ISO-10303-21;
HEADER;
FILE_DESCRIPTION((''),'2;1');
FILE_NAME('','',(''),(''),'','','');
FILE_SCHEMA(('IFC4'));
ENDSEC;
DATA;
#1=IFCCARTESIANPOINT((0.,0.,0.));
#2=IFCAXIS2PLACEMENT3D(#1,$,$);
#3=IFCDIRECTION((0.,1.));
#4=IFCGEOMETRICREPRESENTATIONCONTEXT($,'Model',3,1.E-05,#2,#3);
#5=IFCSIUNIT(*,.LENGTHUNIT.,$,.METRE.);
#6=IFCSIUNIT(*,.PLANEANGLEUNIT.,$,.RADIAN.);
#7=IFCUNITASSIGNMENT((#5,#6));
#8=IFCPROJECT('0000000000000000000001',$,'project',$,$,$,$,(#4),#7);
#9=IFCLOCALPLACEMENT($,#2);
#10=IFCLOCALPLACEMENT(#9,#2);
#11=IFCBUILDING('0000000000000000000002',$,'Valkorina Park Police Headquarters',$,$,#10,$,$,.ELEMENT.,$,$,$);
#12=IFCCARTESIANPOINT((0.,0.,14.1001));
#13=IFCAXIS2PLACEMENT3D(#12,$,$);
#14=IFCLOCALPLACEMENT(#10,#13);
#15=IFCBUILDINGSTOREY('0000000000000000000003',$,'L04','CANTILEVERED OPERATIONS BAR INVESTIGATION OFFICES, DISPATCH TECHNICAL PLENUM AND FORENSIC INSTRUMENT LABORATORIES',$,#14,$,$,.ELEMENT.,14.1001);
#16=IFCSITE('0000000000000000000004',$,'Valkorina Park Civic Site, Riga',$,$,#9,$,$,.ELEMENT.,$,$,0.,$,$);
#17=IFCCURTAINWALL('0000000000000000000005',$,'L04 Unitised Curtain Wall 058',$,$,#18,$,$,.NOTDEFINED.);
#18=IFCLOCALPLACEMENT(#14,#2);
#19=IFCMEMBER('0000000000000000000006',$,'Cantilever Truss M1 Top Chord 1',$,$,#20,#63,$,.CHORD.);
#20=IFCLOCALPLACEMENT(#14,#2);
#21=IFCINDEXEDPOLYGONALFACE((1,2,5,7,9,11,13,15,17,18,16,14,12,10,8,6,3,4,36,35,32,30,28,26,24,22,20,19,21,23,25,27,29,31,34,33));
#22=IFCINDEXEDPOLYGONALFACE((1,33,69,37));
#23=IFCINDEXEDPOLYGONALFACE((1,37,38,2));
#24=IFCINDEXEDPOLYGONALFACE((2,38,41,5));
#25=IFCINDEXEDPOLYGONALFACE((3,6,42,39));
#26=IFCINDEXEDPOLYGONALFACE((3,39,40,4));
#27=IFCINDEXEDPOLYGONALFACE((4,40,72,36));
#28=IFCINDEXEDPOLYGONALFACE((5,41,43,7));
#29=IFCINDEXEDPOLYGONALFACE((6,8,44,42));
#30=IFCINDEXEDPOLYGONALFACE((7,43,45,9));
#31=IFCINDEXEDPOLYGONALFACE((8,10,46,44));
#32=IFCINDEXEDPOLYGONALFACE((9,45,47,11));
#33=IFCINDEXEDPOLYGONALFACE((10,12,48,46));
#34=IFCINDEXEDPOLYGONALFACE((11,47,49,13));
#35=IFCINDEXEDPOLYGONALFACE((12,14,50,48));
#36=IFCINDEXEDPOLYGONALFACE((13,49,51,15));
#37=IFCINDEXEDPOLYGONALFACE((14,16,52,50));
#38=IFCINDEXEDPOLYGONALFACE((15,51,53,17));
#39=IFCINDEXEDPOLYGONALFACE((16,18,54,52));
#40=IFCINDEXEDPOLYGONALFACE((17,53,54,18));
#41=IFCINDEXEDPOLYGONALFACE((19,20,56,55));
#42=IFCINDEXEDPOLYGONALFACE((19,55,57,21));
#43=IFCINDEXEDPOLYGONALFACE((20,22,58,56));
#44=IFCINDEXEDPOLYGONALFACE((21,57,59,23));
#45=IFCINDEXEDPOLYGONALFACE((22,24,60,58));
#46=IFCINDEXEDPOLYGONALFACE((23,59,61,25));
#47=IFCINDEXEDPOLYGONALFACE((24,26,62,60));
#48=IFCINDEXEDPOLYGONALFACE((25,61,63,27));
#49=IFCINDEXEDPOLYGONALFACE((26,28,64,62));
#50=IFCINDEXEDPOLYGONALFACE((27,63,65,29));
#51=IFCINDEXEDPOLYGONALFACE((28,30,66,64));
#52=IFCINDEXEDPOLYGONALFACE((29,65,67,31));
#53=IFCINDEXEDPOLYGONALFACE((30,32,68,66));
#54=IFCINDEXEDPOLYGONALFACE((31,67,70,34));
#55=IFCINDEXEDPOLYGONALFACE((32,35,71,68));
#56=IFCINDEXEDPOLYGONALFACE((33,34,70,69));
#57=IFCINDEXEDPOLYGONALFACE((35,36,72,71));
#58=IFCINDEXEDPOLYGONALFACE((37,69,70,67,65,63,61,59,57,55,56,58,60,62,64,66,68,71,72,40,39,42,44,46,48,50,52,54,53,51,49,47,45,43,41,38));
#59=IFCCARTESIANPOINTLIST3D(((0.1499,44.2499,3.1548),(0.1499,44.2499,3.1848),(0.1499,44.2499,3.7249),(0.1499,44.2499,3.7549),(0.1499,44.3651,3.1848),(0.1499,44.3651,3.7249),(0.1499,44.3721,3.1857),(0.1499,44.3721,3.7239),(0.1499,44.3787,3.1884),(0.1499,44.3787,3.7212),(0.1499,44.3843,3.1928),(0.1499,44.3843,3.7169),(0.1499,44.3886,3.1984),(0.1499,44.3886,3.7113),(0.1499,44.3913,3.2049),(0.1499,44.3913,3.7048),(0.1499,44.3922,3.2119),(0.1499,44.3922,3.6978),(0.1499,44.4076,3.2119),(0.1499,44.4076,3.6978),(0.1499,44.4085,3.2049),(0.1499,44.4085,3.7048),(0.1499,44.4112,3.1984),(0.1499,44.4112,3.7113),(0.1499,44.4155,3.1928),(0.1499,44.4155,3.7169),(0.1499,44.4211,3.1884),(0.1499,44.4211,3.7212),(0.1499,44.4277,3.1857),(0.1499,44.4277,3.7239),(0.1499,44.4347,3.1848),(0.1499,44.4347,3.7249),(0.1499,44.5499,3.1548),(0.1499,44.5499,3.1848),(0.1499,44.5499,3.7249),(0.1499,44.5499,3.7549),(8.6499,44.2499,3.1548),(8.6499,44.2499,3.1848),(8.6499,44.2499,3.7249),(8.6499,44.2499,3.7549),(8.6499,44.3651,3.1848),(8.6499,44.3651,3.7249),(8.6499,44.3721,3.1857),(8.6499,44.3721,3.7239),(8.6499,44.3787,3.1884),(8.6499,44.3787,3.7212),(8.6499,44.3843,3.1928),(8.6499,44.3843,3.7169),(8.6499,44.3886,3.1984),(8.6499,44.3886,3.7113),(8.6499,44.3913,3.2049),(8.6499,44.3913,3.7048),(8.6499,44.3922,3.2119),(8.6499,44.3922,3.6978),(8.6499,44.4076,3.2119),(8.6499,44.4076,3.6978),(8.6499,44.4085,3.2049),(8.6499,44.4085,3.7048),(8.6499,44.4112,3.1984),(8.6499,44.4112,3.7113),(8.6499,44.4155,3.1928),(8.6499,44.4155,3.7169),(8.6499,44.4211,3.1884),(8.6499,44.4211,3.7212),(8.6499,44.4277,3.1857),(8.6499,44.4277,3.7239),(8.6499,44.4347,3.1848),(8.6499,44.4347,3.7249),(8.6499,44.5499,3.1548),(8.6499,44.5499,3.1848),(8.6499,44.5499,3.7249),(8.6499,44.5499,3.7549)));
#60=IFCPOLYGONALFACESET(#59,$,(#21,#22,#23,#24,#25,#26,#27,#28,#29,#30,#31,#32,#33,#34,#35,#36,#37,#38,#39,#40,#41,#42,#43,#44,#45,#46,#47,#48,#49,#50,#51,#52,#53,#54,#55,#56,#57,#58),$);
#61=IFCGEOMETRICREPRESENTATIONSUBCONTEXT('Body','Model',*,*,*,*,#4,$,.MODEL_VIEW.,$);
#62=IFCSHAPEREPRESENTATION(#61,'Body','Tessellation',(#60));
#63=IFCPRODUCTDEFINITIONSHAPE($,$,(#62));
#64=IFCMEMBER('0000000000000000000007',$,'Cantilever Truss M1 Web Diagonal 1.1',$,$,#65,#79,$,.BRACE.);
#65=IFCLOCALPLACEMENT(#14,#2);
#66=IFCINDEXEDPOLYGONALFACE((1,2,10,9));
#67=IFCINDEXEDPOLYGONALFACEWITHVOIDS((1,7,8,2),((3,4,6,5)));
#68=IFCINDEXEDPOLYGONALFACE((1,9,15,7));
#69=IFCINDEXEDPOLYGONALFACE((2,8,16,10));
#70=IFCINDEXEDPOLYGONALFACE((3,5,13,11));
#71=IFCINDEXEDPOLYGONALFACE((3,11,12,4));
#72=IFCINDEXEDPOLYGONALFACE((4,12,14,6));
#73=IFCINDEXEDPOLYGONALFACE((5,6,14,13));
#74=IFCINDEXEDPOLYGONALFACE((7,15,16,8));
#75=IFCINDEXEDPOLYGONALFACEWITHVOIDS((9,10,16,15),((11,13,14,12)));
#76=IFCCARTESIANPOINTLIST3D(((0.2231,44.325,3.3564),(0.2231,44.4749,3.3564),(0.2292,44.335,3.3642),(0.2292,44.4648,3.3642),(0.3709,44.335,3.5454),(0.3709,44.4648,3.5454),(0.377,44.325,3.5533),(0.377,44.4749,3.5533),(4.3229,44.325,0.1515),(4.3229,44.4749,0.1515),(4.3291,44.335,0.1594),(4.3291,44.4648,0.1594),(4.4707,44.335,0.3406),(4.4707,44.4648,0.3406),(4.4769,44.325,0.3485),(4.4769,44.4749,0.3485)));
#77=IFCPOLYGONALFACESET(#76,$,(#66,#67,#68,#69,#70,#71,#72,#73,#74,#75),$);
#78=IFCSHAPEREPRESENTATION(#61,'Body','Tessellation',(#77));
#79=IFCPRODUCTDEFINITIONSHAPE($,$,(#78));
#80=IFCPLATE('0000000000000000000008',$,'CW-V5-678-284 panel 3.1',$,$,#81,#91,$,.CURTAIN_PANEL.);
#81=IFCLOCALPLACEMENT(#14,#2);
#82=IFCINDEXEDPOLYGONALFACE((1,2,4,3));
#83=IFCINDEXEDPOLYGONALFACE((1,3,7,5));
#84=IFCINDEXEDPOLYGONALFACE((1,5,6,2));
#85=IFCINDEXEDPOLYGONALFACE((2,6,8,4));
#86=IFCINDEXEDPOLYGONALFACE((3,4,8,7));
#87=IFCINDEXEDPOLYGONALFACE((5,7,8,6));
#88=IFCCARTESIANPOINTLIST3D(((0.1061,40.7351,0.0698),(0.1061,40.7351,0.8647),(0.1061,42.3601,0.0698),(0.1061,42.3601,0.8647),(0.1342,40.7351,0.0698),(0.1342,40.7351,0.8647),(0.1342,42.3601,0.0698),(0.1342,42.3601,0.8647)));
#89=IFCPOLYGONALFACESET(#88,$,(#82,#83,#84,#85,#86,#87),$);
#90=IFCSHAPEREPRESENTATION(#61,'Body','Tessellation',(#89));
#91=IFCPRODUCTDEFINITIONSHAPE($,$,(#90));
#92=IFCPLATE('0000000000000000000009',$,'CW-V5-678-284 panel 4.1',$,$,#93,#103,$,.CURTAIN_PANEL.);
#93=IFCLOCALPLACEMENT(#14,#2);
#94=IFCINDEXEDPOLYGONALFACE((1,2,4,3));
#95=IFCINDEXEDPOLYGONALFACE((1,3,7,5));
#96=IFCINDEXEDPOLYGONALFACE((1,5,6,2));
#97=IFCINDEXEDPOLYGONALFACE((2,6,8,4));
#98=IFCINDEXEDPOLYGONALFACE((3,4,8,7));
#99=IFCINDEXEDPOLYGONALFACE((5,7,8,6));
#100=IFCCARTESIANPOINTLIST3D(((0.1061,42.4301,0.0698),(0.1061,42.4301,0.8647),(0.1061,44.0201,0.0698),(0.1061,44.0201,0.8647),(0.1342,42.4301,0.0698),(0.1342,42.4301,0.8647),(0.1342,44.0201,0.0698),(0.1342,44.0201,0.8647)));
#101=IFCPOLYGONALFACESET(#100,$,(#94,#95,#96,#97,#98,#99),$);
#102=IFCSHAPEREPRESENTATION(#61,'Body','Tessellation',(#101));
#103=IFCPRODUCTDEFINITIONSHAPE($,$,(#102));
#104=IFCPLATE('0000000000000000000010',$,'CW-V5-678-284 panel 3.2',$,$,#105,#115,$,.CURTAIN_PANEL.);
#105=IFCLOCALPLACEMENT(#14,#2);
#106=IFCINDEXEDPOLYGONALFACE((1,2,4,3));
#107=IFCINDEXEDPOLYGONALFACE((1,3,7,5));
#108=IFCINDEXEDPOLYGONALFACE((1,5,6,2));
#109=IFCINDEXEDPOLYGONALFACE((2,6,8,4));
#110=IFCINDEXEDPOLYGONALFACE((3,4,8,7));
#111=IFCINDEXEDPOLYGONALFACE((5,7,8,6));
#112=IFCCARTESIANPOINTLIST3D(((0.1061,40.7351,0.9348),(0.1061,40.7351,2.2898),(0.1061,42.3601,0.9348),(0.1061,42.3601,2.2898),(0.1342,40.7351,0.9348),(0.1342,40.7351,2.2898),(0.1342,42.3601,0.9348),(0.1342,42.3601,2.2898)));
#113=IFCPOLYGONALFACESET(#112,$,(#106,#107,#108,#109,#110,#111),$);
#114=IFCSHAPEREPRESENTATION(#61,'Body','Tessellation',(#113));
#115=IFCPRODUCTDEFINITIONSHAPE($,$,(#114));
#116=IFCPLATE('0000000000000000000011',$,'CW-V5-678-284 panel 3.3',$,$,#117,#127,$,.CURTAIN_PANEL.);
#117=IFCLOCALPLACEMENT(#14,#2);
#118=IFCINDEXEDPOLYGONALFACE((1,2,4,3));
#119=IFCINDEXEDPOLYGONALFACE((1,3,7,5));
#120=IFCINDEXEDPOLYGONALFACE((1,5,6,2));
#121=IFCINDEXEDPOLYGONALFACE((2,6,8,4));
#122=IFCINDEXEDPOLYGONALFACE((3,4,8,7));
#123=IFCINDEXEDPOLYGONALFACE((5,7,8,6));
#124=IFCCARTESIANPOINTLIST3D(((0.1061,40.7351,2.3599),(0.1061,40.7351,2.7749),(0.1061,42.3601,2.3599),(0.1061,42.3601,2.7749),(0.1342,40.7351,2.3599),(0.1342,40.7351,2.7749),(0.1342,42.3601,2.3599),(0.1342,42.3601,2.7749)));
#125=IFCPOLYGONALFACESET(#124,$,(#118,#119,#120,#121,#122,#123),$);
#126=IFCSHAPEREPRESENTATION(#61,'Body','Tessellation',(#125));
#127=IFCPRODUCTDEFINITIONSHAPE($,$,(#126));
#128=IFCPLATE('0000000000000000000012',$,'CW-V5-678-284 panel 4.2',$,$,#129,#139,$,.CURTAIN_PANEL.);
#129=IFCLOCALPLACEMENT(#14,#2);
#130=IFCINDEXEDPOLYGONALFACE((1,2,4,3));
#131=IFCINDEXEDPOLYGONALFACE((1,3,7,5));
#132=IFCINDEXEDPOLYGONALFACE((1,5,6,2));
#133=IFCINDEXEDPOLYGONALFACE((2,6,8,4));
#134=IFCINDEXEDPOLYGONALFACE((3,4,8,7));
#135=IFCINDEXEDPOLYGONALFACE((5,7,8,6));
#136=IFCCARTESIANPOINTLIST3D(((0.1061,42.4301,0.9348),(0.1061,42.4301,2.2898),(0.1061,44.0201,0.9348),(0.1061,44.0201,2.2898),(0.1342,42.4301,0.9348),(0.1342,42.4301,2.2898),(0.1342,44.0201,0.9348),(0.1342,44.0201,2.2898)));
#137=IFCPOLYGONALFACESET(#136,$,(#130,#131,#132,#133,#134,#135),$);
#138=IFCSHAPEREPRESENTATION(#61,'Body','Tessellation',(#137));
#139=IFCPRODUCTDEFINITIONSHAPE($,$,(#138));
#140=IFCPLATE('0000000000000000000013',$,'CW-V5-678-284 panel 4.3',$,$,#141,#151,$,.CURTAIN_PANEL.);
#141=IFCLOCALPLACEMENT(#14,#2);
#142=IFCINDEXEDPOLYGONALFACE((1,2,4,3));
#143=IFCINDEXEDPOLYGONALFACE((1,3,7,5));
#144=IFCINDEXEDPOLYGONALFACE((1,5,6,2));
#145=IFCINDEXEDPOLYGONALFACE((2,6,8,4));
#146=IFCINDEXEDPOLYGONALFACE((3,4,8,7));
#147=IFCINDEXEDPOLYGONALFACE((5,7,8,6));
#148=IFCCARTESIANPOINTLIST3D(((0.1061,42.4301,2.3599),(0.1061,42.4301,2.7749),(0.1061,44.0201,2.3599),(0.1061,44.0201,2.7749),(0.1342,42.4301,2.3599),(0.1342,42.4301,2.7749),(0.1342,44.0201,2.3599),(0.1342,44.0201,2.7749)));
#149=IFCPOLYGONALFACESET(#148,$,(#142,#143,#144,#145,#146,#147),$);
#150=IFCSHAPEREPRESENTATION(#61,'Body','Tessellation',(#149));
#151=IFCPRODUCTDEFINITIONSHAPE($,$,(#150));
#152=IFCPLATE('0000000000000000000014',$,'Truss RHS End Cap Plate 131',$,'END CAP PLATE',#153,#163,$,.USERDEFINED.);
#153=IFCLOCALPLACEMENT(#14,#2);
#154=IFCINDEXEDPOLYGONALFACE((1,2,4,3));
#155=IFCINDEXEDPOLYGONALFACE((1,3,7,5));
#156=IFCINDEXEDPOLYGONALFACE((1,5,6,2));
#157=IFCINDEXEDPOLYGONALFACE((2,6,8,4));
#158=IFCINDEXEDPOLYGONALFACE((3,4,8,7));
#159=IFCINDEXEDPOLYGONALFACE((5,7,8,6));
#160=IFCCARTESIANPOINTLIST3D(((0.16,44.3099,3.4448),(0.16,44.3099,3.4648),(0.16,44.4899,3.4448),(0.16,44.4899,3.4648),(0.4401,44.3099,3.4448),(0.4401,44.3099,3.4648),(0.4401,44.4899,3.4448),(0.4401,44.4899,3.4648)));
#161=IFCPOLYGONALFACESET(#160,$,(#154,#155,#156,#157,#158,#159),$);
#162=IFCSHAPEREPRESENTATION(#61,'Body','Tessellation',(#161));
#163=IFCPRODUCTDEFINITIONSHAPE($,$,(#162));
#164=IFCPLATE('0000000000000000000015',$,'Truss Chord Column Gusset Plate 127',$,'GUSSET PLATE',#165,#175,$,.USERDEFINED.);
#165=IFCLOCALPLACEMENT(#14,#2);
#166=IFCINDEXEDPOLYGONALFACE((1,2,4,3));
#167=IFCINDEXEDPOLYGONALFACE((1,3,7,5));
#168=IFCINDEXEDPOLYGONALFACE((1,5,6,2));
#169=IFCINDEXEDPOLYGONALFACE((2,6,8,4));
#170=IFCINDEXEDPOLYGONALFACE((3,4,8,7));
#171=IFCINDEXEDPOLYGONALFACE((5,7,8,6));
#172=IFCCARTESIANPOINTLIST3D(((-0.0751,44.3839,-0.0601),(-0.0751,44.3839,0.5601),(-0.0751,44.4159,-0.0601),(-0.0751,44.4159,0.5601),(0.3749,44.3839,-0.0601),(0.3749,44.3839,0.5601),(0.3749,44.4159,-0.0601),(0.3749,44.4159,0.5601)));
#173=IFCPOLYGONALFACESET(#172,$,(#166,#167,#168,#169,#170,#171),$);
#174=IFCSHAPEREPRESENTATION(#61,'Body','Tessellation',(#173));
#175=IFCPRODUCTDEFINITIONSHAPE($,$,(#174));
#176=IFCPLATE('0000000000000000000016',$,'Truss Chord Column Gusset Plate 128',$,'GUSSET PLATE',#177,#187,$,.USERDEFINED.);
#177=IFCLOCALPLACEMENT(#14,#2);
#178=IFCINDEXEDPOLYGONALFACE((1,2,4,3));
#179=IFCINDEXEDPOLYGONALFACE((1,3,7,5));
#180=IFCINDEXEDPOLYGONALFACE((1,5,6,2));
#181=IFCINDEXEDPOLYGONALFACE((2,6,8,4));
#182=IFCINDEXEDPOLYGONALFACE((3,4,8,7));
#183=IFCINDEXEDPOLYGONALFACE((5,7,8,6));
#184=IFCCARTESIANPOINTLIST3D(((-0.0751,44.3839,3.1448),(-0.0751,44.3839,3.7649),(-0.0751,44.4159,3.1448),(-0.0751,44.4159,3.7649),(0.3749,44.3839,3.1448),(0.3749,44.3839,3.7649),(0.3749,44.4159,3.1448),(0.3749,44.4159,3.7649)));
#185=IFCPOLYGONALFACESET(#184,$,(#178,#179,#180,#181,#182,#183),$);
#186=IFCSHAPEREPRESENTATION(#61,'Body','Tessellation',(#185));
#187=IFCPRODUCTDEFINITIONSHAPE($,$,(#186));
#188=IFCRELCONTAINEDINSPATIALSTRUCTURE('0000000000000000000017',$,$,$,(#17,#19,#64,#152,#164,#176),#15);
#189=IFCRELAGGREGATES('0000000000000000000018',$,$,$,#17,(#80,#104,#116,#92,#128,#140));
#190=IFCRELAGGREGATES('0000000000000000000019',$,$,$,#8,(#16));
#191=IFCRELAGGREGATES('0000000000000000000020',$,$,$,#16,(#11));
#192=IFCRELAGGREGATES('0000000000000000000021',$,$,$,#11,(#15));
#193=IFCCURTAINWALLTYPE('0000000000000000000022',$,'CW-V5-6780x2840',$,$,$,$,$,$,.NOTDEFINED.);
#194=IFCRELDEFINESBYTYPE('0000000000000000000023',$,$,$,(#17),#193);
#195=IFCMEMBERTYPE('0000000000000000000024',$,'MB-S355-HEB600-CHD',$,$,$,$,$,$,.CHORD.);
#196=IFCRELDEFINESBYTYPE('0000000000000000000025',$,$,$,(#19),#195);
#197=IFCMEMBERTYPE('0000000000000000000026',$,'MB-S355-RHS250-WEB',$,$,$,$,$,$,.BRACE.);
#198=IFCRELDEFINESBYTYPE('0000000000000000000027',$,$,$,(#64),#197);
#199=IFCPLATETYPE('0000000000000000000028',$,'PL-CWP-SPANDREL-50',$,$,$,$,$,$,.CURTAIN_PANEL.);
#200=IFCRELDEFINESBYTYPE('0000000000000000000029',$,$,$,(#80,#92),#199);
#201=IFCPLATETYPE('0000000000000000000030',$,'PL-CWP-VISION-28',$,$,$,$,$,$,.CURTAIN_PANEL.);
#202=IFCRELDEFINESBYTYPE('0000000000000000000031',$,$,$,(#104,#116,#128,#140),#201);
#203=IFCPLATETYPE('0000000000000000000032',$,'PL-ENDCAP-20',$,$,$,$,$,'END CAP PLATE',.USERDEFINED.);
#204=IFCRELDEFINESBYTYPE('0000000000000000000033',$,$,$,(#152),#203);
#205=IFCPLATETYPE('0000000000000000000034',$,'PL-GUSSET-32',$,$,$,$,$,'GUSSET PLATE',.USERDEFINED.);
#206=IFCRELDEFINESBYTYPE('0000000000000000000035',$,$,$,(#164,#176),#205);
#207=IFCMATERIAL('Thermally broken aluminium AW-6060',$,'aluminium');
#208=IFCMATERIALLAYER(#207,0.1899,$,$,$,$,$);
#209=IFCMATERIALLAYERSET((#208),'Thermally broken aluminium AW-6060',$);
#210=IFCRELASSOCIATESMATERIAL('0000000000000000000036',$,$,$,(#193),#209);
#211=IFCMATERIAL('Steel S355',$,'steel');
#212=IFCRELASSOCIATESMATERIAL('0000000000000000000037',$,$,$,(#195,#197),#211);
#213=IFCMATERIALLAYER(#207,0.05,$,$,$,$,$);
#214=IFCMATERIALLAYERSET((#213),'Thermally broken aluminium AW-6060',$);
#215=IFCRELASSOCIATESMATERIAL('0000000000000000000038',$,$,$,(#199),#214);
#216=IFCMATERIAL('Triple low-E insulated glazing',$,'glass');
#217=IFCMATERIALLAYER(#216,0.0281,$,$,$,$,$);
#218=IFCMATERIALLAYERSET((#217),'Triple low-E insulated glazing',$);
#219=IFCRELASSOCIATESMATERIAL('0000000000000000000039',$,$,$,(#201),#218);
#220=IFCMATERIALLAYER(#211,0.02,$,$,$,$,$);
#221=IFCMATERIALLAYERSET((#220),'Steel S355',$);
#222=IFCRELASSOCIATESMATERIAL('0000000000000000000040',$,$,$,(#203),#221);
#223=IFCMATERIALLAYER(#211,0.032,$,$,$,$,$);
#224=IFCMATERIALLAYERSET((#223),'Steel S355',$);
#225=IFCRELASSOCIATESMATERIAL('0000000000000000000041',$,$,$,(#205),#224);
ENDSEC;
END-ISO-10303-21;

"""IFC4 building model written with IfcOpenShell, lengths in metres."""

from ifc_helpers import new_model, si_unit, direction, frame, origin, origin_2d, place, context, subcontext, project, spatial, rectangle, hollow_rectangle, i_section, extrude, material, layer, layer_set, material_profile, profile_set, type_object, element, aggregate, save


model = new_model("IFC4")

# Units and contexts
model_context = context("Model", 3, precision=1e-05, world=origin(), true_north=direction((0.0, 1.0)))
body_context = subcontext(model_context, "Body", "Model", "MODEL_VIEW")
ifc_project = project(units=[si_unit("LENGTHUNIT", "METRE"), si_unit("PLANEANGLEUNIT", "RADIAN")], contexts=[model_context])

# Site, building, storey
site_placement = place(None, origin())
site = spatial("IfcSite", under=ifc_project, at=site_placement, Name="Valkorina Park Civic Site, Riga", CompositionType="ELEMENT", RefElevation=0.0)
building_placement = place(site_placement, origin())
building = spatial("IfcBuilding", under=site, at=building_placement, Name="Valkorina Park Police Headquarters", CompositionType="ELEMENT")
storey_placement = place(building_placement, frame((0.0, 0.0, 14.1001)))
storey = spatial("IfcBuildingStorey", under=building, at=storey_placement, Name="L04", Description="CANTILEVERED OPERATIONS BAR INVESTIGATION OFFICES, DISPATCH TECHNICAL PLENUM AND FORENSIC INSTRUMENT LABORATORIES", CompositionType="ELEMENT", Elevation=14.1001)

# Shared definitions
ifc_material_1 = material(Name="Steel S355", Category="steel")

# Curtain wall
ifc_material_2 = material(Name="Thermally broken aluminium AW-6060", Category="aluminium")
ifc_layer_1 = layer(ifc_material_2, 0.1899)
ifc_layer_set_1 = layer_set([ifc_layer_1], Name="Thermally broken aluminium AW-6060")
curtain_wall_type = type_object("IfcCurtainWallType", Name="CW-V5-6780x2840", PredefinedType="NOTDEFINED", material=ifc_layer_set_1)
curtain_wall_placement = place(storey_placement, origin())
curtain_wall = element("IfcCurtainWall", 1, at=curtain_wall_placement, inside=storey, type_object=curtain_wall_type, Name="L04 Unitised Curtain Wall 058", PredefinedType="NOTDEFINED")

# Members
ifc_material_profile_1 = material_profile(ifc_material_1, i_section(OverallWidth=0.3, OverallDepth=0.6001, WebThickness=0.0154, FlangeThickness=0.03, FilletRadius=0.0271, at=origin_2d()), Name="HEB 600")
ifc_profile_set_1 = profile_set([ifc_material_profile_1], Name="Steel S355")
member_type_1 = type_object("IfcMemberType", Name="MB-S355-HEB600-CHD", PredefinedType="CHORD", material=ifc_profile_set_1)
for number, where, z_axis, x_axis, name in (
    (2, (0.1499, 44.3999, 3.4548), (1.0, 0.0, 0.0), (0.0, 1.0, 0.0), "Cantilever Truss M1 Top Chord 1"),
):
    element("IfcMember", number, at=place(storey_placement, frame(where, z_axis=z_axis, x_axis=x_axis)), inside=storey, type_object=member_type_1, Name=name, PredefinedType="CHORD", context=body_context, shape_type="SweptSolid", body=[
        extrude(i_section(OverallWidth=0.3, OverallDepth=0.6001, WebThickness=0.0154, FlangeThickness=0.03, FilletRadius=0.0271, at=origin_2d()), origin(), (0.0, 0.0, 1.0), 8.5),
    ])
ifc_material_profile_2 = material_profile(ifc_material_1, hollow_rectangle(XDim=0.1499, YDim=0.25, WallThickness=0.01, at=origin_2d()), Name="RHS 250x150x10")
ifc_profile_set_2 = profile_set([ifc_material_profile_2], Name="Steel S355")
member_type_2 = type_object("IfcMemberType", Name="MB-S355-RHS250-WEB", PredefinedType="BRACE", material=ifc_profile_set_2)
member_1_placement = place(storey_placement, frame((0.3, 44.3999, 3.4548), z_axis=(0.787854, 0.0, -0.615862), x_axis=(0.0, 1.0, 0.0)))
element("IfcMember", 3, at=member_1_placement, inside=storey, type_object=member_type_2, Name="Cantilever Truss M1 Web Diagonal 1.1", PredefinedType="BRACE", context=body_context, shape_type="SweptSolid", body=[
    extrude(hollow_rectangle(XDim=0.1499, YDim=0.25, WallThickness=0.01, at=origin_2d()), origin(), (0.0, 0.0, 1.0), 5.2039),
])

# Plates
ifc_layer_2 = layer(ifc_material_2, 0.05)
ifc_layer_set_2 = layer_set([ifc_layer_2], Name="Thermally broken aluminium AW-6060")
plate_type_1 = type_object("IfcPlateType", Name="PL-CWP-SPANDREL-50", PredefinedType="CURTAIN_PANEL", material=ifc_layer_set_2)
plate_1_placement = place(storey_placement, frame((0.1201, 41.5476, 0.0698), z_axis=(0.0, 0.0, 1.0), x_axis=(0.0, 1.0, 0.0)))
plate_1 = element("IfcPlate", 4, at=plate_1_placement, type_object=plate_type_1, Name="CW-V5-678-284 panel 3.1", PredefinedType="CURTAIN_PANEL", context=body_context, shape_type="SweptSolid", body=[
    extrude(rectangle(XDim=1.625, YDim=0.0281, at=origin_2d()), origin(), (0.0, 0.0, 1.0), 0.7949),
])
plate_2_placement = place(storey_placement, frame((0.1201, 43.2251, 0.0698), z_axis=(0.0, 0.0, 1.0), x_axis=(0.0, 1.0, 0.0)))
plate_2 = element("IfcPlate", 5, at=plate_2_placement, type_object=plate_type_1, Name="CW-V5-678-284 panel 4.1", PredefinedType="CURTAIN_PANEL", context=body_context, shape_type="SweptSolid", body=[
    extrude(rectangle(XDim=1.5901, YDim=0.0281, at=origin_2d()), origin(), (0.0, 0.0, 1.0), 0.7949),
])
ifc_material_3 = material(Name="Triple low-E insulated glazing", Category="glass")
ifc_layer_3 = layer(ifc_material_3, 0.0281)
ifc_layer_set_3 = layer_set([ifc_layer_3], Name="Triple low-E insulated glazing")
plate_type_2 = type_object("IfcPlateType", Name="PL-CWP-VISION-28", PredefinedType="CURTAIN_PANEL", material=ifc_layer_set_3)
plate_3_placement = place(storey_placement, frame((0.1201, 41.5476, 0.9348), z_axis=(0.0, 0.0, 1.0), x_axis=(0.0, 1.0, 0.0)))
plate_3 = element("IfcPlate", 6, at=plate_3_placement, type_object=plate_type_2, Name="CW-V5-678-284 panel 3.2", PredefinedType="CURTAIN_PANEL", context=body_context, shape_type="SweptSolid", body=[
    extrude(rectangle(XDim=1.625, YDim=0.0281, at=origin_2d()), origin(), (0.0, 0.0, 1.0), 1.355),
])
plate_4_placement = place(storey_placement, frame((0.1201, 41.5476, 2.3599), z_axis=(0.0, 0.0, 1.0), x_axis=(0.0, 1.0, 0.0)))
plate_4 = element("IfcPlate", 7, at=plate_4_placement, type_object=plate_type_2, Name="CW-V5-678-284 panel 3.3", PredefinedType="CURTAIN_PANEL", context=body_context, shape_type="SweptSolid", body=[
    extrude(rectangle(XDim=1.625, YDim=0.0281, at=origin_2d()), origin(), (0.0, 0.0, 1.0), 0.415),
])
plate_5_placement = place(storey_placement, frame((0.1201, 43.2251, 0.9348), z_axis=(0.0, 0.0, 1.0), x_axis=(0.0, 1.0, 0.0)))
plate_5 = element("IfcPlate", 8, at=plate_5_placement, type_object=plate_type_2, Name="CW-V5-678-284 panel 4.2", PredefinedType="CURTAIN_PANEL", context=body_context, shape_type="SweptSolid", body=[
    extrude(rectangle(XDim=1.5901, YDim=0.0281, at=origin_2d()), origin(), (0.0, 0.0, 1.0), 1.355),
])
plate_6_placement = place(storey_placement, frame((0.1201, 43.2251, 2.3599), z_axis=(0.0, 0.0, 1.0), x_axis=(0.0, 1.0, 0.0)))
plate_6 = element("IfcPlate", 9, at=plate_6_placement, type_object=plate_type_2, Name="CW-V5-678-284 panel 4.3", PredefinedType="CURTAIN_PANEL", context=body_context, shape_type="SweptSolid", body=[
    extrude(rectangle(XDim=1.5901, YDim=0.0281, at=origin_2d()), origin(), (0.0, 0.0, 1.0), 0.415),
])
aggregate(curtain_wall, [plate_1, plate_3, plate_4, plate_2, plate_5, plate_6])

# Plates
ifc_layer_4 = layer(ifc_material_1, 0.02)
ifc_layer_set_4 = layer_set([ifc_layer_4], Name="Steel S355")
plate_type_3 = type_object("IfcPlateType", Name="PL-ENDCAP-20", ElementType="END CAP PLATE", PredefinedType="USERDEFINED", material=ifc_layer_set_4)
plate_7_placement = place(storey_placement, frame((0.3, 44.3999, 3.4448), z_axis=(0.0, 0.0, 1.0), x_axis=(1.0, 0.0, 0.0)))
element("IfcPlate", 10, at=plate_7_placement, inside=storey, type_object=plate_type_3, Name="Truss RHS End Cap Plate 131", ObjectType="END CAP PLATE", PredefinedType="USERDEFINED", context=body_context, shape_type="SweptSolid", body=[
    extrude(rectangle(XDim=0.28, YDim=0.1799, at=origin_2d()), origin(), (0.0, 0.0, 1.0), 0.02),
])
ifc_layer_5 = layer(ifc_material_1, 0.032)
ifc_layer_set_5 = layer_set([ifc_layer_5], Name="Steel S355")
plate_type_4 = type_object("IfcPlateType", Name="PL-GUSSET-32", ElementType="GUSSET PLATE", PredefinedType="USERDEFINED", material=ifc_layer_set_5)
for number, where, z_axis, x_axis, name in (
    (11, (0.1499, 44.3999, -0.0601), (0.0, 0.0, 1.0), (1.0, 0.0, 0.0), "Truss Chord Column Gusset Plate 127"),
    (12, (0.1499, 44.3999, 3.1448), (0.0, 0.0, 1.0), (1.0, 0.0, 0.0), "Truss Chord Column Gusset Plate 128"),
):
    element("IfcPlate", number, at=place(storey_placement, frame(where, z_axis=z_axis, x_axis=x_axis)), inside=storey, type_object=plate_type_4, Name=name, ObjectType="GUSSET PLATE", PredefinedType="USERDEFINED", context=body_context, shape_type="SweptSolid", body=[
        extrude(rectangle(XDim=0.45, YDim=0.032, at=origin_2d()), origin(), (0.0, 0.0, 1.0), 0.6201),
    ])

save(model, "model.ifc")
